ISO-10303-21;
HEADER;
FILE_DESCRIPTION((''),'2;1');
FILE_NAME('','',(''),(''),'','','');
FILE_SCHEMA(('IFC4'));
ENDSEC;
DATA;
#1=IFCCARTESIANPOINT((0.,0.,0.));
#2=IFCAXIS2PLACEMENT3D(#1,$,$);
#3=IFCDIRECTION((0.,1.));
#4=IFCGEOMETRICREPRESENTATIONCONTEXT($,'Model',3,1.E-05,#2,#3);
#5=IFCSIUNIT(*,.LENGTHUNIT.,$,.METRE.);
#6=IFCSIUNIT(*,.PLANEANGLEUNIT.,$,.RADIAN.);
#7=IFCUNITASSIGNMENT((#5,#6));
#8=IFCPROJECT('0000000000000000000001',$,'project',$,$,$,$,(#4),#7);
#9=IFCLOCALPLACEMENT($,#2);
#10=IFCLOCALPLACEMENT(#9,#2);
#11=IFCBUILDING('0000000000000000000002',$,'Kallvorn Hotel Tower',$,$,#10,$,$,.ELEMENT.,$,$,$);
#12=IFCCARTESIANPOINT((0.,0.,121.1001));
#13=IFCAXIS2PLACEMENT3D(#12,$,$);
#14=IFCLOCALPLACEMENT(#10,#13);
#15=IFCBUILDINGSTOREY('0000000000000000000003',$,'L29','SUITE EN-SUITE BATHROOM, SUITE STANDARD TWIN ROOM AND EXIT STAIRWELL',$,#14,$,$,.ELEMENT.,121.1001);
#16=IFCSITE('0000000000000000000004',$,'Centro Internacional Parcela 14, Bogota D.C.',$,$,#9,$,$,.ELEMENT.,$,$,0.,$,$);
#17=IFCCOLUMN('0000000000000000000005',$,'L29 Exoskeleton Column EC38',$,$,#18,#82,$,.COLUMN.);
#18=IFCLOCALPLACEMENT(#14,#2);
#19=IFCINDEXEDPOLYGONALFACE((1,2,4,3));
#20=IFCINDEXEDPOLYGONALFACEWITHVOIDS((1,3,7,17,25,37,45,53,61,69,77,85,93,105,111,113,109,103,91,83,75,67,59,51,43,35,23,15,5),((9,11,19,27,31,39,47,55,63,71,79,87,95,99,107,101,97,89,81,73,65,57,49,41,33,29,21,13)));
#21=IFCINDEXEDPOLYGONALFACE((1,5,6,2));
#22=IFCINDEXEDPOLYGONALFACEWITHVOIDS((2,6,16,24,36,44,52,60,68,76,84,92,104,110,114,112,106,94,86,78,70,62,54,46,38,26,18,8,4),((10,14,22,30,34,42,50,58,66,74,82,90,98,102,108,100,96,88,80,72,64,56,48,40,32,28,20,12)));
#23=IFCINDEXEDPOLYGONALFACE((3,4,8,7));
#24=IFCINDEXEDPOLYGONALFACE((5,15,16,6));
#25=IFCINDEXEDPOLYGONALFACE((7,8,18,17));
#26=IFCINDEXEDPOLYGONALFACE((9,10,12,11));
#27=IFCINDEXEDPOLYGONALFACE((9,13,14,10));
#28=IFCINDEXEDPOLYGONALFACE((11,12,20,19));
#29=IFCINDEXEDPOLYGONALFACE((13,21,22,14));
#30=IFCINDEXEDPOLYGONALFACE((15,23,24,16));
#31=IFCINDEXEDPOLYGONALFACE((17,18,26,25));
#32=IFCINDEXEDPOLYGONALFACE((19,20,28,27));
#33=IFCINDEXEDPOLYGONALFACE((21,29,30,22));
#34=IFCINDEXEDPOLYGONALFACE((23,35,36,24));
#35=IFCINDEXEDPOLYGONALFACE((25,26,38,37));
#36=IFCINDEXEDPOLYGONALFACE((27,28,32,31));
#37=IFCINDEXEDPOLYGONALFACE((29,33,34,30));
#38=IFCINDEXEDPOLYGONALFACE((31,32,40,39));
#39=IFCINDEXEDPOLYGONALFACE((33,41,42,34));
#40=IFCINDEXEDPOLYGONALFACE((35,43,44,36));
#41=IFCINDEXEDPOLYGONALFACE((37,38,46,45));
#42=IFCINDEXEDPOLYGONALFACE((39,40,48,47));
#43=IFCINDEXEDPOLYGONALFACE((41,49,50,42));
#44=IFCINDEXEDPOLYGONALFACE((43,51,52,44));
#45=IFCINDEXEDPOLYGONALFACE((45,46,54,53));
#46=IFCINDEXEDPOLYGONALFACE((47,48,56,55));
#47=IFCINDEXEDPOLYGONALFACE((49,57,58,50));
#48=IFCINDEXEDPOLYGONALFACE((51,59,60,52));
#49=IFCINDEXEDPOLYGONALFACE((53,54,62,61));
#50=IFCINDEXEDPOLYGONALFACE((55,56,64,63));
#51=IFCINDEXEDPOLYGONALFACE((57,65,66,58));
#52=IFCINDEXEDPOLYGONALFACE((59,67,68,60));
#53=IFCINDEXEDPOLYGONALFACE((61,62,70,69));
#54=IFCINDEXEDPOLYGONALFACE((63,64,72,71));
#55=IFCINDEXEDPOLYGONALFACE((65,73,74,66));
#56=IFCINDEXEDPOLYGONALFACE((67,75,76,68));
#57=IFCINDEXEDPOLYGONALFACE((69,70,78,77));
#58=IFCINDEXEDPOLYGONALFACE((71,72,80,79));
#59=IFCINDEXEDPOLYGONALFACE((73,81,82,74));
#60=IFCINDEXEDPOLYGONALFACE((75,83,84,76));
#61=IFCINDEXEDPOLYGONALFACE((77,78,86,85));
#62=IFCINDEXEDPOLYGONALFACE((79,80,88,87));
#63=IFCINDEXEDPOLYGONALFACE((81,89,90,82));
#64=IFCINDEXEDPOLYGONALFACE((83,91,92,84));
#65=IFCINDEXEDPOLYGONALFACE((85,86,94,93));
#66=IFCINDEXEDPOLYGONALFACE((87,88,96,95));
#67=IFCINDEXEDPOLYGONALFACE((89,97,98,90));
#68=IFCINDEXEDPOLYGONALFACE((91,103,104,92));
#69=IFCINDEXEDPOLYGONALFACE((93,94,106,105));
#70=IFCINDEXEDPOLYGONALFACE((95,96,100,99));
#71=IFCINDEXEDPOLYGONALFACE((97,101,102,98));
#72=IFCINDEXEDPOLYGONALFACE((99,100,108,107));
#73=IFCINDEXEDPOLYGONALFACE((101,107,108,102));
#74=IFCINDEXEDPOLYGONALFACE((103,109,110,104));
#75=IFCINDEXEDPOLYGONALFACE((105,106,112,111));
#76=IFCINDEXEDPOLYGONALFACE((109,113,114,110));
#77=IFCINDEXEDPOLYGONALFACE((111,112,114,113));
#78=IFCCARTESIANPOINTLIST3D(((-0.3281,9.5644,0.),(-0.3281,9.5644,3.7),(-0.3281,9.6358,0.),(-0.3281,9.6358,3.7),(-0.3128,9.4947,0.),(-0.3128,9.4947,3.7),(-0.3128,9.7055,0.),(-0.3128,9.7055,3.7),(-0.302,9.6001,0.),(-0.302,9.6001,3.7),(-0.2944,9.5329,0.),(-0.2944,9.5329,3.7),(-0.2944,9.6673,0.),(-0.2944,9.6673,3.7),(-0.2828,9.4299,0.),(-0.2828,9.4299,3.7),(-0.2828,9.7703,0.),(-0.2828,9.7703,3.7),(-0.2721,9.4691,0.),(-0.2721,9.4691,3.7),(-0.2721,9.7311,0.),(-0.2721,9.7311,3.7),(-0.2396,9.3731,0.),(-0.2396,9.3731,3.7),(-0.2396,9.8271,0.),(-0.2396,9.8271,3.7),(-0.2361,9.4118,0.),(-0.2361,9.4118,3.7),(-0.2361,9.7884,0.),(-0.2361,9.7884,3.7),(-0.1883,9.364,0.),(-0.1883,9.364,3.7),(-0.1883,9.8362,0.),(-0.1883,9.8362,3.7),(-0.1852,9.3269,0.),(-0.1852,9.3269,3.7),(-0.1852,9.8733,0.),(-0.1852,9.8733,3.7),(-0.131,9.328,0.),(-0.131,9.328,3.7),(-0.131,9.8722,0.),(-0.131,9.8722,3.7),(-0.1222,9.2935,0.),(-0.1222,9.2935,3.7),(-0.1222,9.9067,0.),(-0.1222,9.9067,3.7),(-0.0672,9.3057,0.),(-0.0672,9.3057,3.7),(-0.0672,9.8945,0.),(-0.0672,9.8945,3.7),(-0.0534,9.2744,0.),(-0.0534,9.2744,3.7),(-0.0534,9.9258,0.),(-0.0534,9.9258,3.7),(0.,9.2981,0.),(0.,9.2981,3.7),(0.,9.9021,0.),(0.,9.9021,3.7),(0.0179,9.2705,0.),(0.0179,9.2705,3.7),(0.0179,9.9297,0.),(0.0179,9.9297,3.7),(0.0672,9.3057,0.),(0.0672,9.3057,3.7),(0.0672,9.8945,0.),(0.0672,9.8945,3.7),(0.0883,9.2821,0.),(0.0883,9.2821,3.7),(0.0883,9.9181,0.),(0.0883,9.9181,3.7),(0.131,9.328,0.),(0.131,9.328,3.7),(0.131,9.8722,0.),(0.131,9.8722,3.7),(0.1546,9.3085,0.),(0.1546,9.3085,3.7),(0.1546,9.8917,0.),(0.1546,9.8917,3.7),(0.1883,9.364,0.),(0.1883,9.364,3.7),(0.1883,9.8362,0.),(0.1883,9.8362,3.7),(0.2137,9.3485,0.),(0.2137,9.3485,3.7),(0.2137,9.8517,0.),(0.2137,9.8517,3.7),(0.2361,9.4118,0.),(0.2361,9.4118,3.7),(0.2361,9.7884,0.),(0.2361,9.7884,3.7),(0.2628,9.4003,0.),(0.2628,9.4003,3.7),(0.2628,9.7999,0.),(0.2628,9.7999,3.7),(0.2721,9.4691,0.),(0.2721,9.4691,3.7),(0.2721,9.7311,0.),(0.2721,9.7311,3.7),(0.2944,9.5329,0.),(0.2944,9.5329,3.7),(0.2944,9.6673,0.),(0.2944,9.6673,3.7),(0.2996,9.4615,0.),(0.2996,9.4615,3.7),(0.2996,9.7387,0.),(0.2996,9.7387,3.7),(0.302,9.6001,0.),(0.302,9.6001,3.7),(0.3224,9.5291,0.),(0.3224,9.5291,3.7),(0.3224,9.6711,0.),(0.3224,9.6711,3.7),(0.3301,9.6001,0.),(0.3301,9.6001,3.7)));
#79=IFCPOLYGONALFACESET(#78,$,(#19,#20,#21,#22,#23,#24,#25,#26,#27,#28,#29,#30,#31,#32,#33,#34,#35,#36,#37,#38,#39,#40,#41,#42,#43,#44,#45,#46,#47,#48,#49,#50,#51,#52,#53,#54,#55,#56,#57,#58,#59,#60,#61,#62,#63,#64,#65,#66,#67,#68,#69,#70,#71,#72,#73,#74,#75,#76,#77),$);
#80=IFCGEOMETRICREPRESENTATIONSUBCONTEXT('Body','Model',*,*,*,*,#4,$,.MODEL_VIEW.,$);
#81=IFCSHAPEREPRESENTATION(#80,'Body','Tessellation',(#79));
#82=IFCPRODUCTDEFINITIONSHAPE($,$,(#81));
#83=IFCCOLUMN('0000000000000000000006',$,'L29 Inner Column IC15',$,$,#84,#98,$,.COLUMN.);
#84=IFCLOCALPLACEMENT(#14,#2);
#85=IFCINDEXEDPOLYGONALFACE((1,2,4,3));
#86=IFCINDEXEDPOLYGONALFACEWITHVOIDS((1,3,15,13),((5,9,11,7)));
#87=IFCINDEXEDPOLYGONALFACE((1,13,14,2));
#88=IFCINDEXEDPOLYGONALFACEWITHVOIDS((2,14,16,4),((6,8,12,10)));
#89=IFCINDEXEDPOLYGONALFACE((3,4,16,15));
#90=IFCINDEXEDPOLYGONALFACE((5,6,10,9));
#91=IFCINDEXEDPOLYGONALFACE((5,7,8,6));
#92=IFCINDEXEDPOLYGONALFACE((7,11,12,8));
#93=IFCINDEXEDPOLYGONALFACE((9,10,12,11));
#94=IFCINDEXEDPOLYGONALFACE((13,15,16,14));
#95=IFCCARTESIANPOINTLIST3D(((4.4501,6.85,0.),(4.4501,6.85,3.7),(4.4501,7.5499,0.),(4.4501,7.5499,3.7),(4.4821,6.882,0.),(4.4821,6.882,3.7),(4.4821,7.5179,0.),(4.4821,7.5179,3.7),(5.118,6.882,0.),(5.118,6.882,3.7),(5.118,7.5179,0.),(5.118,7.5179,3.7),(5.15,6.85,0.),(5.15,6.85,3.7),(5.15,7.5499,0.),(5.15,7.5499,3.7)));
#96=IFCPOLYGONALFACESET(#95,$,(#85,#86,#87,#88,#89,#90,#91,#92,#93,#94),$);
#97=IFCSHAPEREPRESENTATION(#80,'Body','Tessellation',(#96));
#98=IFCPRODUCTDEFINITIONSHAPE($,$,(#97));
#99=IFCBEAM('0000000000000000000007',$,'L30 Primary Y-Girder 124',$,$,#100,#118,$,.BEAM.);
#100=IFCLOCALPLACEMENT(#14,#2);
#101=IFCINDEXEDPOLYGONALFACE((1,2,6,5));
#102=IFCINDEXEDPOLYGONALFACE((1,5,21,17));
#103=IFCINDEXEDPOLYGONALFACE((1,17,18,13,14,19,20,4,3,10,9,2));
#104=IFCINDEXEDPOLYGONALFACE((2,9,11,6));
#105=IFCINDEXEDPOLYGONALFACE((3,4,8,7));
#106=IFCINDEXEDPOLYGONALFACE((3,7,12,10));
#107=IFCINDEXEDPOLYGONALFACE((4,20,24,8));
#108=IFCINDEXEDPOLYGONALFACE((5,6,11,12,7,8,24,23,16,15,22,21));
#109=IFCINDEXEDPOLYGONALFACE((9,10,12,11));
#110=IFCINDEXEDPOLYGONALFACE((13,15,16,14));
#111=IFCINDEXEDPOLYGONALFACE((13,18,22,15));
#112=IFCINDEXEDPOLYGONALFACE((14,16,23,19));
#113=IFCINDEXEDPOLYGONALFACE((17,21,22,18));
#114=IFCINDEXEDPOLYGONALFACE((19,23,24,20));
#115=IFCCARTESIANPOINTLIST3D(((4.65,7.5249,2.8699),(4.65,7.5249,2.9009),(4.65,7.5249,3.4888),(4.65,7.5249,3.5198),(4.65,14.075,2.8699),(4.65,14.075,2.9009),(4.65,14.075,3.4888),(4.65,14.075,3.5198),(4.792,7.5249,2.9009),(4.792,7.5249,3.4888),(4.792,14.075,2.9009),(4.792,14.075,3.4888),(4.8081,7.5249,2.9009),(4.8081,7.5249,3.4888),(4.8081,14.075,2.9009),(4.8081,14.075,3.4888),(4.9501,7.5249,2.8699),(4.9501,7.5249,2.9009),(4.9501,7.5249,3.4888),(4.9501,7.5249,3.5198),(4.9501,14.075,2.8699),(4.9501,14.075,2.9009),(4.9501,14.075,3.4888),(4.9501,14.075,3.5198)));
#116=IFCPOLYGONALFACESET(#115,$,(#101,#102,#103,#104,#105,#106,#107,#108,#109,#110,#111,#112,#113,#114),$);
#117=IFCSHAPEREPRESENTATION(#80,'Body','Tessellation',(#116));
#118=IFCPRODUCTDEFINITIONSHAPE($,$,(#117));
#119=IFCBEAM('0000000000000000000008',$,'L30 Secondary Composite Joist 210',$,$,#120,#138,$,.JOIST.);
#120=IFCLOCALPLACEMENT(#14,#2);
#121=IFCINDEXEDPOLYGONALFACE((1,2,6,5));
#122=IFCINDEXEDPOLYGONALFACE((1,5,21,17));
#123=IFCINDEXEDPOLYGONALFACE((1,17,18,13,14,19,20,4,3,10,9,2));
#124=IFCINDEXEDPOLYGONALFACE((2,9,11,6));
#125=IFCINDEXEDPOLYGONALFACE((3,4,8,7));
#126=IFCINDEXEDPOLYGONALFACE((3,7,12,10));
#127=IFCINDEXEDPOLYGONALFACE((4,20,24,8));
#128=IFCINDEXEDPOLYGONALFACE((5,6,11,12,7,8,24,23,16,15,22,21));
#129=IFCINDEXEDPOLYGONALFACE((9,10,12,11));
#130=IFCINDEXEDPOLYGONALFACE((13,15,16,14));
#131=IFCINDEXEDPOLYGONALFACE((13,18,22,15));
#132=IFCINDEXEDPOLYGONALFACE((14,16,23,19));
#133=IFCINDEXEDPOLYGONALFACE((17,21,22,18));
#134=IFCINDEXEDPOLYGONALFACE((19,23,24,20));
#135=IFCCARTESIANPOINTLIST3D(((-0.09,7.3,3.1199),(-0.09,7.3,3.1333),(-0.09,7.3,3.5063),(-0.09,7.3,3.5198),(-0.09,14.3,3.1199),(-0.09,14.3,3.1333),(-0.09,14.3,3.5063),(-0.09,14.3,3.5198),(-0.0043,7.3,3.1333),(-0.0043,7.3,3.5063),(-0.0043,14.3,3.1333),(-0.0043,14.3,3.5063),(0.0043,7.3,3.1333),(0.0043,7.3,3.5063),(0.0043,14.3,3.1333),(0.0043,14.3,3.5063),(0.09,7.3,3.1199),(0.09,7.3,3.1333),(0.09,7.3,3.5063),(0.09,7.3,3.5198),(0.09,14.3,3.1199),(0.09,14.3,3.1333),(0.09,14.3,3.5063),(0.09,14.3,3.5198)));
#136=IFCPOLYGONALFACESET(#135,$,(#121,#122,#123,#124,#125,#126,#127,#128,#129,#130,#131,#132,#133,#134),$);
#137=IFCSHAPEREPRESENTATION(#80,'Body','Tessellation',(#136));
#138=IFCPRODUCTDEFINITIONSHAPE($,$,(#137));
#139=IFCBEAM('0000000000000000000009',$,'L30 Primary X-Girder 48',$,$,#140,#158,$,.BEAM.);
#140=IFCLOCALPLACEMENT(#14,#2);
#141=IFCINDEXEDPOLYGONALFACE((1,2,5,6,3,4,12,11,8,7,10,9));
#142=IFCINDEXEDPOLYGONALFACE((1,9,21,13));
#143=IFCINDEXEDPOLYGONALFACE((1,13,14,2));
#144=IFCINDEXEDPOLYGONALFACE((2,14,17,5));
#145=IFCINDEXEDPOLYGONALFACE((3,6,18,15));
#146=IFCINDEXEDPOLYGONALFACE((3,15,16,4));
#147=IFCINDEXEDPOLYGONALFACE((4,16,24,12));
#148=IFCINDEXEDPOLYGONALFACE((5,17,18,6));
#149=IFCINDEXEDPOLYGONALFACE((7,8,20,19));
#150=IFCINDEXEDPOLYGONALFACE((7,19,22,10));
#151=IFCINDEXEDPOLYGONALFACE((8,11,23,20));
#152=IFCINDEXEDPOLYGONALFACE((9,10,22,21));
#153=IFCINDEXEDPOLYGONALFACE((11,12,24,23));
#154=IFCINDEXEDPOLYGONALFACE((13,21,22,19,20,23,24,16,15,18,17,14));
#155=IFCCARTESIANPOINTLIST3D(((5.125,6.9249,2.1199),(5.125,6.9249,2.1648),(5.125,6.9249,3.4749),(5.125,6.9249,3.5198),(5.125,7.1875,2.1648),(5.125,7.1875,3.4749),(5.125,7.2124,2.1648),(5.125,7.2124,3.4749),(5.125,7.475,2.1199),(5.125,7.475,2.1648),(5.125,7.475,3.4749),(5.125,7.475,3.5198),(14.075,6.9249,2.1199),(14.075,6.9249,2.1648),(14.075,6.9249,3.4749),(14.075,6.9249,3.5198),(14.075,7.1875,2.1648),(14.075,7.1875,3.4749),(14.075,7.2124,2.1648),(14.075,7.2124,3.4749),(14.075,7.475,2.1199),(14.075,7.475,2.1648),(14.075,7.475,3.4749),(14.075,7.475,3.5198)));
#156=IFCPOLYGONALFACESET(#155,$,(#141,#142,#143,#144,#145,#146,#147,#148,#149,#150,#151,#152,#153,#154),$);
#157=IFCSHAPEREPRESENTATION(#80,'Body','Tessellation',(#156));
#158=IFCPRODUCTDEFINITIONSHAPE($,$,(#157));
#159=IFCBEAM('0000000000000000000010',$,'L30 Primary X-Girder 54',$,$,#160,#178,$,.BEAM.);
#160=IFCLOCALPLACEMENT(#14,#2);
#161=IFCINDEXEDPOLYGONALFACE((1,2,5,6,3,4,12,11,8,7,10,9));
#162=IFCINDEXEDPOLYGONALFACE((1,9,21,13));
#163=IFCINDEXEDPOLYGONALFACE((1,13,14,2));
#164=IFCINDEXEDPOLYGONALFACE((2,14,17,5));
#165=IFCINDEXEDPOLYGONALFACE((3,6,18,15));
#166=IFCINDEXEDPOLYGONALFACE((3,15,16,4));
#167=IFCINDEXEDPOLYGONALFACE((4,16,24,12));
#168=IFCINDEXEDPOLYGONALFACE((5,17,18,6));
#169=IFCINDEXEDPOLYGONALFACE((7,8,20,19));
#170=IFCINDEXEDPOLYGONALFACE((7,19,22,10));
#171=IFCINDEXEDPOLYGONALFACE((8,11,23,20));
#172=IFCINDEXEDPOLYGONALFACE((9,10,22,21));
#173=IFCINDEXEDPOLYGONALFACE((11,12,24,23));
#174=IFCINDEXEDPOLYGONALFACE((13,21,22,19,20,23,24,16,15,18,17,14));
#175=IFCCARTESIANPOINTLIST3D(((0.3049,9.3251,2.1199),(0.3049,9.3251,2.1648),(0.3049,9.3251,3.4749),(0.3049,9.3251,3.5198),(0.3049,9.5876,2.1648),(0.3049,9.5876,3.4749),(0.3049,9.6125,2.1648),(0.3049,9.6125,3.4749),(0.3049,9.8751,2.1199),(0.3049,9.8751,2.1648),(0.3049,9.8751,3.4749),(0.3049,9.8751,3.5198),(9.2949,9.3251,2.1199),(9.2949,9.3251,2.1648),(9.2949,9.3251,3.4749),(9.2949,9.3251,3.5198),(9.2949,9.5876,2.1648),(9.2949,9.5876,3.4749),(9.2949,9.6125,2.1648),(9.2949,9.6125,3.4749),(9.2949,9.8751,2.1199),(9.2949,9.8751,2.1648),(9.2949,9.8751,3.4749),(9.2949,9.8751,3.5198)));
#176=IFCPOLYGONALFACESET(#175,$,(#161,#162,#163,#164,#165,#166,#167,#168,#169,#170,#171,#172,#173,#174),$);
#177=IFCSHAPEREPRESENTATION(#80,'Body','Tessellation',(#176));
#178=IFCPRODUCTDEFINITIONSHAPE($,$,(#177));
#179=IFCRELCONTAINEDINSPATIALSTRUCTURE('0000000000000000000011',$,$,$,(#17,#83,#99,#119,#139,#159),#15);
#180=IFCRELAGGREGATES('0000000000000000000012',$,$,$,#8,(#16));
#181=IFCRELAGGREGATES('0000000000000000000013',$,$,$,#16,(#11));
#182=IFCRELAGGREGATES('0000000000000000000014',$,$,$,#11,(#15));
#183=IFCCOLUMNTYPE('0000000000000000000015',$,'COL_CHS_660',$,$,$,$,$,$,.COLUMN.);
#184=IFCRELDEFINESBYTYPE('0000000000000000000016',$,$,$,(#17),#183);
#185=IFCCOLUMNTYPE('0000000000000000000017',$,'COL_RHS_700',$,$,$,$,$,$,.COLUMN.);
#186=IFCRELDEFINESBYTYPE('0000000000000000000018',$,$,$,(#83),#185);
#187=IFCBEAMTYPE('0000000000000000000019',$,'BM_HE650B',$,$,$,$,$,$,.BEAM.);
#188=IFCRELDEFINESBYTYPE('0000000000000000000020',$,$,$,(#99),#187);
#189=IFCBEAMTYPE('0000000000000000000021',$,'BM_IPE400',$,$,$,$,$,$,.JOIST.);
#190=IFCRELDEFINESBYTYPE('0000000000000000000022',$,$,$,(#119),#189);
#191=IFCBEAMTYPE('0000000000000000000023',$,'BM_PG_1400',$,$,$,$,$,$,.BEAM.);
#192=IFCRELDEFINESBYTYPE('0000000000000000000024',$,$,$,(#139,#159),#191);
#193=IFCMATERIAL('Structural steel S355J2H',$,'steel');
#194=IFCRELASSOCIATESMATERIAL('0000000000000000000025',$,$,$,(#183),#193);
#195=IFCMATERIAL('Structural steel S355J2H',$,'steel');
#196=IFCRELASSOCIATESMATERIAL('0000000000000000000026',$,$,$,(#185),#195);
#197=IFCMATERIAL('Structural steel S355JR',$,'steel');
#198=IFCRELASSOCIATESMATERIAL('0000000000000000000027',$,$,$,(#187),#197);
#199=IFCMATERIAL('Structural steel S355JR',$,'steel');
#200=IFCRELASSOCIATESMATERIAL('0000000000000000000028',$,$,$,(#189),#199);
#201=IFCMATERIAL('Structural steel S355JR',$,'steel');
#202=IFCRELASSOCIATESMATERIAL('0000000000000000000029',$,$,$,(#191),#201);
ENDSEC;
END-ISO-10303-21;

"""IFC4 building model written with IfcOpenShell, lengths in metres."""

from ifc_helpers import new_model, si_unit, direction, frame, origin, origin_2d, place, context, subcontext, project, spatial, hollow_rectangle, hollow_circle, i_section, extrude, material, material_profile, profile_set, type_object, element, save


model = new_model("IFC4")

# Units and contexts
model_context = context("Model", 3, precision=1e-05, world=origin(), true_north=direction((0.0, 1.0)))
body_context = subcontext(model_context, "Body", "Model", "MODEL_VIEW")
ifc_project = project(units=[si_unit("LENGTHUNIT", "METRE"), si_unit("PLANEANGLEUNIT", "RADIAN")], contexts=[model_context])

# Site, building, storey
site_placement = place(None, origin())
site = spatial("IfcSite", under=ifc_project, at=site_placement, Name="Centro Internacional Parcela 14, Bogota D.C.", CompositionType="ELEMENT", RefElevation=0.0)
building_placement = place(site_placement, origin())
building = spatial("IfcBuilding", under=site, at=building_placement, Name="Kallvorn Hotel Tower", CompositionType="ELEMENT")
storey_placement = place(building_placement, frame((0.0, 0.0, 121.1001)))
storey = spatial("IfcBuildingStorey", under=building, at=storey_placement, Name="L29", Description="SUITE EN-SUITE BATHROOM, SUITE STANDARD TWIN ROOM AND EXIT STAIRWELL", CompositionType="ELEMENT", Elevation=121.1001)

# Columns
ifc_material_1 = material(Name="Structural steel S355J2H", Category="steel")
ifc_material_profile_1 = material_profile(ifc_material_1, hollow_circle(Radius=0.3301, WallThickness=0.0281, at=origin_2d()), Name="CHS 660x28")
ifc_profile_set_1 = profile_set([ifc_material_profile_1], Name="Structural steel S355J2H")
column_type_1 = type_object("IfcColumnType", Name="COL_CHS_660", PredefinedType="COLUMN", material=ifc_profile_set_1)
column_1_placement = place(storey_placement, frame((0.0, 9.6001, 0.0), z_axis=(0.0, 0.0, 1.0), x_axis=(1.0, 0.0, 0.0)))
element("IfcColumn", 1, at=column_1_placement, inside=storey, type_object=column_type_1, Name="L29 Exoskeleton Column EC38", PredefinedType="COLUMN", context=body_context, shape_type="SweptSolid", body=[
    extrude(hollow_circle(Radius=0.3301, WallThickness=0.0281, at=origin_2d()), origin(), (0.0, 0.0, 1.0), 3.7),
])
ifc_material_2 = material(Name="Structural steel S355J2H", Category="steel")
ifc_material_profile_2 = material_profile(ifc_material_2, hollow_rectangle(XDim=0.7, YDim=0.7, WallThickness=0.032, at=origin_2d()), Name="RHS 700x700x32")
ifc_profile_set_2 = profile_set([ifc_material_profile_2], Name="Structural steel S355J2H")
column_type_2 = type_object("IfcColumnType", Name="COL_RHS_700", PredefinedType="COLUMN", material=ifc_profile_set_2)
column_2_placement = place(storey_placement, frame((4.8, 7.2, 0.0), z_axis=(0.0, 0.0, 1.0), x_axis=(1.0, 0.0, 0.0)))
element("IfcColumn", 2, at=column_2_placement, inside=storey, type_object=column_type_2, Name="L29 Inner Column IC15", PredefinedType="COLUMN", context=body_context, shape_type="SweptSolid", body=[
    extrude(hollow_rectangle(XDim=0.7, YDim=0.7, WallThickness=0.032, at=origin_2d()), origin(), (0.0, 0.0, 1.0), 3.7),
])

# Beams
ifc_material_3 = material(Name="Structural steel S355JR", Category="steel")
ifc_material_profile_3 = material_profile(ifc_material_3, i_section(OverallWidth=0.3, OverallDepth=0.6499, WebThickness=0.0161, FlangeThickness=0.031, at=origin_2d()), Name="HE 650 B")
ifc_profile_set_3 = profile_set([ifc_material_profile_3], Name="Structural steel S355JR")
beam_type_1 = type_object("IfcBeamType", Name="BM_HE650B", PredefinedType="BEAM", material=ifc_profile_set_3)
beam_1_placement = place(storey_placement, frame((4.8, 7.5249, 3.1948), z_axis=(0.0, 1.0, 0.0), x_axis=(-1.0, 0.0, 0.0)))
element("IfcBeam", 3, at=beam_1_placement, inside=storey, type_object=beam_type_1, Name="L30 Primary Y-Girder 124", PredefinedType="BEAM", context=body_context, shape_type="SweptSolid", body=[
    extrude(i_section(OverallWidth=0.3, OverallDepth=0.6499, WebThickness=0.0161, FlangeThickness=0.031, at=origin_2d()), origin(), (0.0, 0.0, 1.0), 6.55),
])
ifc_material_4 = material(Name="Structural steel S355JR", Category="steel")
ifc_material_profile_4 = material_profile(ifc_material_4, i_section(OverallWidth=0.1799, OverallDepth=0.3999, WebThickness=0.0085, FlangeThickness=0.0134, at=origin_2d()), Name="IPE 400")
ifc_profile_set_4 = profile_set([ifc_material_profile_4], Name="Structural steel S355JR")
beam_type_2 = type_object("IfcBeamType", Name="BM_IPE400", PredefinedType="JOIST", material=ifc_profile_set_4)
beam_2_placement = place(storey_placement, frame((0.0, 7.3, 3.3198), z_axis=(0.0, 1.0, 0.0), x_axis=(-1.0, 0.0, 0.0)))
element("IfcBeam", 4, at=beam_2_placement, inside=storey, type_object=beam_type_2, Name="L30 Secondary Composite Joist 210", PredefinedType="JOIST", context=body_context, shape_type="SweptSolid", body=[
    extrude(i_section(OverallWidth=0.1799, OverallDepth=0.3999, WebThickness=0.0085, FlangeThickness=0.0134, at=origin_2d()), origin(), (0.0, 0.0, 1.0), 7.0),
])
ifc_material_5 = material(Name="Structural steel S355JR", Category="steel")
ifc_material_profile_5 = material_profile(ifc_material_5, i_section(OverallWidth=0.55, OverallDepth=1.3999, WebThickness=0.0249, FlangeThickness=0.0449, at=origin_2d()), Name="PG 1400x550x25x45")
ifc_profile_set_5 = profile_set([ifc_material_profile_5], Name="Structural steel S355JR")
beam_type_3 = type_object("IfcBeamType", Name="BM_PG_1400", PredefinedType="BEAM", material=ifc_profile_set_5)
beam_3_placement = place(storey_placement, frame((5.125, 7.2, 2.8198), z_axis=(1.0, 0.0, 0.0), x_axis=(0.0, 1.0, 0.0)))
element("IfcBeam", 5, at=beam_3_placement, inside=storey, type_object=beam_type_3, Name="L30 Primary X-Girder 48", PredefinedType="BEAM", context=body_context, shape_type="SweptSolid", body=[
    extrude(i_section(OverallWidth=0.55, OverallDepth=1.3999, WebThickness=0.0249, FlangeThickness=0.0449, at=origin_2d()), origin(), (0.0, 0.0, 1.0), 8.95),
])
beam_4_placement = place(storey_placement, frame((0.3049, 9.6001, 2.8198), z_axis=(1.0, 0.0, 0.0), x_axis=(0.0, 1.0, 0.0)))
element("IfcBeam", 6, at=beam_4_placement, inside=storey, type_object=beam_type_3, Name="L30 Primary X-Girder 54", PredefinedType="BEAM", context=body_context, shape_type="SweptSolid", body=[
    extrude(i_section(OverallWidth=0.55, OverallDepth=1.3999, WebThickness=0.0249, FlangeThickness=0.0449, at=origin_2d()), origin(), (0.0, 0.0, 1.0), 8.99),
])

save(model, "model.ifc")
